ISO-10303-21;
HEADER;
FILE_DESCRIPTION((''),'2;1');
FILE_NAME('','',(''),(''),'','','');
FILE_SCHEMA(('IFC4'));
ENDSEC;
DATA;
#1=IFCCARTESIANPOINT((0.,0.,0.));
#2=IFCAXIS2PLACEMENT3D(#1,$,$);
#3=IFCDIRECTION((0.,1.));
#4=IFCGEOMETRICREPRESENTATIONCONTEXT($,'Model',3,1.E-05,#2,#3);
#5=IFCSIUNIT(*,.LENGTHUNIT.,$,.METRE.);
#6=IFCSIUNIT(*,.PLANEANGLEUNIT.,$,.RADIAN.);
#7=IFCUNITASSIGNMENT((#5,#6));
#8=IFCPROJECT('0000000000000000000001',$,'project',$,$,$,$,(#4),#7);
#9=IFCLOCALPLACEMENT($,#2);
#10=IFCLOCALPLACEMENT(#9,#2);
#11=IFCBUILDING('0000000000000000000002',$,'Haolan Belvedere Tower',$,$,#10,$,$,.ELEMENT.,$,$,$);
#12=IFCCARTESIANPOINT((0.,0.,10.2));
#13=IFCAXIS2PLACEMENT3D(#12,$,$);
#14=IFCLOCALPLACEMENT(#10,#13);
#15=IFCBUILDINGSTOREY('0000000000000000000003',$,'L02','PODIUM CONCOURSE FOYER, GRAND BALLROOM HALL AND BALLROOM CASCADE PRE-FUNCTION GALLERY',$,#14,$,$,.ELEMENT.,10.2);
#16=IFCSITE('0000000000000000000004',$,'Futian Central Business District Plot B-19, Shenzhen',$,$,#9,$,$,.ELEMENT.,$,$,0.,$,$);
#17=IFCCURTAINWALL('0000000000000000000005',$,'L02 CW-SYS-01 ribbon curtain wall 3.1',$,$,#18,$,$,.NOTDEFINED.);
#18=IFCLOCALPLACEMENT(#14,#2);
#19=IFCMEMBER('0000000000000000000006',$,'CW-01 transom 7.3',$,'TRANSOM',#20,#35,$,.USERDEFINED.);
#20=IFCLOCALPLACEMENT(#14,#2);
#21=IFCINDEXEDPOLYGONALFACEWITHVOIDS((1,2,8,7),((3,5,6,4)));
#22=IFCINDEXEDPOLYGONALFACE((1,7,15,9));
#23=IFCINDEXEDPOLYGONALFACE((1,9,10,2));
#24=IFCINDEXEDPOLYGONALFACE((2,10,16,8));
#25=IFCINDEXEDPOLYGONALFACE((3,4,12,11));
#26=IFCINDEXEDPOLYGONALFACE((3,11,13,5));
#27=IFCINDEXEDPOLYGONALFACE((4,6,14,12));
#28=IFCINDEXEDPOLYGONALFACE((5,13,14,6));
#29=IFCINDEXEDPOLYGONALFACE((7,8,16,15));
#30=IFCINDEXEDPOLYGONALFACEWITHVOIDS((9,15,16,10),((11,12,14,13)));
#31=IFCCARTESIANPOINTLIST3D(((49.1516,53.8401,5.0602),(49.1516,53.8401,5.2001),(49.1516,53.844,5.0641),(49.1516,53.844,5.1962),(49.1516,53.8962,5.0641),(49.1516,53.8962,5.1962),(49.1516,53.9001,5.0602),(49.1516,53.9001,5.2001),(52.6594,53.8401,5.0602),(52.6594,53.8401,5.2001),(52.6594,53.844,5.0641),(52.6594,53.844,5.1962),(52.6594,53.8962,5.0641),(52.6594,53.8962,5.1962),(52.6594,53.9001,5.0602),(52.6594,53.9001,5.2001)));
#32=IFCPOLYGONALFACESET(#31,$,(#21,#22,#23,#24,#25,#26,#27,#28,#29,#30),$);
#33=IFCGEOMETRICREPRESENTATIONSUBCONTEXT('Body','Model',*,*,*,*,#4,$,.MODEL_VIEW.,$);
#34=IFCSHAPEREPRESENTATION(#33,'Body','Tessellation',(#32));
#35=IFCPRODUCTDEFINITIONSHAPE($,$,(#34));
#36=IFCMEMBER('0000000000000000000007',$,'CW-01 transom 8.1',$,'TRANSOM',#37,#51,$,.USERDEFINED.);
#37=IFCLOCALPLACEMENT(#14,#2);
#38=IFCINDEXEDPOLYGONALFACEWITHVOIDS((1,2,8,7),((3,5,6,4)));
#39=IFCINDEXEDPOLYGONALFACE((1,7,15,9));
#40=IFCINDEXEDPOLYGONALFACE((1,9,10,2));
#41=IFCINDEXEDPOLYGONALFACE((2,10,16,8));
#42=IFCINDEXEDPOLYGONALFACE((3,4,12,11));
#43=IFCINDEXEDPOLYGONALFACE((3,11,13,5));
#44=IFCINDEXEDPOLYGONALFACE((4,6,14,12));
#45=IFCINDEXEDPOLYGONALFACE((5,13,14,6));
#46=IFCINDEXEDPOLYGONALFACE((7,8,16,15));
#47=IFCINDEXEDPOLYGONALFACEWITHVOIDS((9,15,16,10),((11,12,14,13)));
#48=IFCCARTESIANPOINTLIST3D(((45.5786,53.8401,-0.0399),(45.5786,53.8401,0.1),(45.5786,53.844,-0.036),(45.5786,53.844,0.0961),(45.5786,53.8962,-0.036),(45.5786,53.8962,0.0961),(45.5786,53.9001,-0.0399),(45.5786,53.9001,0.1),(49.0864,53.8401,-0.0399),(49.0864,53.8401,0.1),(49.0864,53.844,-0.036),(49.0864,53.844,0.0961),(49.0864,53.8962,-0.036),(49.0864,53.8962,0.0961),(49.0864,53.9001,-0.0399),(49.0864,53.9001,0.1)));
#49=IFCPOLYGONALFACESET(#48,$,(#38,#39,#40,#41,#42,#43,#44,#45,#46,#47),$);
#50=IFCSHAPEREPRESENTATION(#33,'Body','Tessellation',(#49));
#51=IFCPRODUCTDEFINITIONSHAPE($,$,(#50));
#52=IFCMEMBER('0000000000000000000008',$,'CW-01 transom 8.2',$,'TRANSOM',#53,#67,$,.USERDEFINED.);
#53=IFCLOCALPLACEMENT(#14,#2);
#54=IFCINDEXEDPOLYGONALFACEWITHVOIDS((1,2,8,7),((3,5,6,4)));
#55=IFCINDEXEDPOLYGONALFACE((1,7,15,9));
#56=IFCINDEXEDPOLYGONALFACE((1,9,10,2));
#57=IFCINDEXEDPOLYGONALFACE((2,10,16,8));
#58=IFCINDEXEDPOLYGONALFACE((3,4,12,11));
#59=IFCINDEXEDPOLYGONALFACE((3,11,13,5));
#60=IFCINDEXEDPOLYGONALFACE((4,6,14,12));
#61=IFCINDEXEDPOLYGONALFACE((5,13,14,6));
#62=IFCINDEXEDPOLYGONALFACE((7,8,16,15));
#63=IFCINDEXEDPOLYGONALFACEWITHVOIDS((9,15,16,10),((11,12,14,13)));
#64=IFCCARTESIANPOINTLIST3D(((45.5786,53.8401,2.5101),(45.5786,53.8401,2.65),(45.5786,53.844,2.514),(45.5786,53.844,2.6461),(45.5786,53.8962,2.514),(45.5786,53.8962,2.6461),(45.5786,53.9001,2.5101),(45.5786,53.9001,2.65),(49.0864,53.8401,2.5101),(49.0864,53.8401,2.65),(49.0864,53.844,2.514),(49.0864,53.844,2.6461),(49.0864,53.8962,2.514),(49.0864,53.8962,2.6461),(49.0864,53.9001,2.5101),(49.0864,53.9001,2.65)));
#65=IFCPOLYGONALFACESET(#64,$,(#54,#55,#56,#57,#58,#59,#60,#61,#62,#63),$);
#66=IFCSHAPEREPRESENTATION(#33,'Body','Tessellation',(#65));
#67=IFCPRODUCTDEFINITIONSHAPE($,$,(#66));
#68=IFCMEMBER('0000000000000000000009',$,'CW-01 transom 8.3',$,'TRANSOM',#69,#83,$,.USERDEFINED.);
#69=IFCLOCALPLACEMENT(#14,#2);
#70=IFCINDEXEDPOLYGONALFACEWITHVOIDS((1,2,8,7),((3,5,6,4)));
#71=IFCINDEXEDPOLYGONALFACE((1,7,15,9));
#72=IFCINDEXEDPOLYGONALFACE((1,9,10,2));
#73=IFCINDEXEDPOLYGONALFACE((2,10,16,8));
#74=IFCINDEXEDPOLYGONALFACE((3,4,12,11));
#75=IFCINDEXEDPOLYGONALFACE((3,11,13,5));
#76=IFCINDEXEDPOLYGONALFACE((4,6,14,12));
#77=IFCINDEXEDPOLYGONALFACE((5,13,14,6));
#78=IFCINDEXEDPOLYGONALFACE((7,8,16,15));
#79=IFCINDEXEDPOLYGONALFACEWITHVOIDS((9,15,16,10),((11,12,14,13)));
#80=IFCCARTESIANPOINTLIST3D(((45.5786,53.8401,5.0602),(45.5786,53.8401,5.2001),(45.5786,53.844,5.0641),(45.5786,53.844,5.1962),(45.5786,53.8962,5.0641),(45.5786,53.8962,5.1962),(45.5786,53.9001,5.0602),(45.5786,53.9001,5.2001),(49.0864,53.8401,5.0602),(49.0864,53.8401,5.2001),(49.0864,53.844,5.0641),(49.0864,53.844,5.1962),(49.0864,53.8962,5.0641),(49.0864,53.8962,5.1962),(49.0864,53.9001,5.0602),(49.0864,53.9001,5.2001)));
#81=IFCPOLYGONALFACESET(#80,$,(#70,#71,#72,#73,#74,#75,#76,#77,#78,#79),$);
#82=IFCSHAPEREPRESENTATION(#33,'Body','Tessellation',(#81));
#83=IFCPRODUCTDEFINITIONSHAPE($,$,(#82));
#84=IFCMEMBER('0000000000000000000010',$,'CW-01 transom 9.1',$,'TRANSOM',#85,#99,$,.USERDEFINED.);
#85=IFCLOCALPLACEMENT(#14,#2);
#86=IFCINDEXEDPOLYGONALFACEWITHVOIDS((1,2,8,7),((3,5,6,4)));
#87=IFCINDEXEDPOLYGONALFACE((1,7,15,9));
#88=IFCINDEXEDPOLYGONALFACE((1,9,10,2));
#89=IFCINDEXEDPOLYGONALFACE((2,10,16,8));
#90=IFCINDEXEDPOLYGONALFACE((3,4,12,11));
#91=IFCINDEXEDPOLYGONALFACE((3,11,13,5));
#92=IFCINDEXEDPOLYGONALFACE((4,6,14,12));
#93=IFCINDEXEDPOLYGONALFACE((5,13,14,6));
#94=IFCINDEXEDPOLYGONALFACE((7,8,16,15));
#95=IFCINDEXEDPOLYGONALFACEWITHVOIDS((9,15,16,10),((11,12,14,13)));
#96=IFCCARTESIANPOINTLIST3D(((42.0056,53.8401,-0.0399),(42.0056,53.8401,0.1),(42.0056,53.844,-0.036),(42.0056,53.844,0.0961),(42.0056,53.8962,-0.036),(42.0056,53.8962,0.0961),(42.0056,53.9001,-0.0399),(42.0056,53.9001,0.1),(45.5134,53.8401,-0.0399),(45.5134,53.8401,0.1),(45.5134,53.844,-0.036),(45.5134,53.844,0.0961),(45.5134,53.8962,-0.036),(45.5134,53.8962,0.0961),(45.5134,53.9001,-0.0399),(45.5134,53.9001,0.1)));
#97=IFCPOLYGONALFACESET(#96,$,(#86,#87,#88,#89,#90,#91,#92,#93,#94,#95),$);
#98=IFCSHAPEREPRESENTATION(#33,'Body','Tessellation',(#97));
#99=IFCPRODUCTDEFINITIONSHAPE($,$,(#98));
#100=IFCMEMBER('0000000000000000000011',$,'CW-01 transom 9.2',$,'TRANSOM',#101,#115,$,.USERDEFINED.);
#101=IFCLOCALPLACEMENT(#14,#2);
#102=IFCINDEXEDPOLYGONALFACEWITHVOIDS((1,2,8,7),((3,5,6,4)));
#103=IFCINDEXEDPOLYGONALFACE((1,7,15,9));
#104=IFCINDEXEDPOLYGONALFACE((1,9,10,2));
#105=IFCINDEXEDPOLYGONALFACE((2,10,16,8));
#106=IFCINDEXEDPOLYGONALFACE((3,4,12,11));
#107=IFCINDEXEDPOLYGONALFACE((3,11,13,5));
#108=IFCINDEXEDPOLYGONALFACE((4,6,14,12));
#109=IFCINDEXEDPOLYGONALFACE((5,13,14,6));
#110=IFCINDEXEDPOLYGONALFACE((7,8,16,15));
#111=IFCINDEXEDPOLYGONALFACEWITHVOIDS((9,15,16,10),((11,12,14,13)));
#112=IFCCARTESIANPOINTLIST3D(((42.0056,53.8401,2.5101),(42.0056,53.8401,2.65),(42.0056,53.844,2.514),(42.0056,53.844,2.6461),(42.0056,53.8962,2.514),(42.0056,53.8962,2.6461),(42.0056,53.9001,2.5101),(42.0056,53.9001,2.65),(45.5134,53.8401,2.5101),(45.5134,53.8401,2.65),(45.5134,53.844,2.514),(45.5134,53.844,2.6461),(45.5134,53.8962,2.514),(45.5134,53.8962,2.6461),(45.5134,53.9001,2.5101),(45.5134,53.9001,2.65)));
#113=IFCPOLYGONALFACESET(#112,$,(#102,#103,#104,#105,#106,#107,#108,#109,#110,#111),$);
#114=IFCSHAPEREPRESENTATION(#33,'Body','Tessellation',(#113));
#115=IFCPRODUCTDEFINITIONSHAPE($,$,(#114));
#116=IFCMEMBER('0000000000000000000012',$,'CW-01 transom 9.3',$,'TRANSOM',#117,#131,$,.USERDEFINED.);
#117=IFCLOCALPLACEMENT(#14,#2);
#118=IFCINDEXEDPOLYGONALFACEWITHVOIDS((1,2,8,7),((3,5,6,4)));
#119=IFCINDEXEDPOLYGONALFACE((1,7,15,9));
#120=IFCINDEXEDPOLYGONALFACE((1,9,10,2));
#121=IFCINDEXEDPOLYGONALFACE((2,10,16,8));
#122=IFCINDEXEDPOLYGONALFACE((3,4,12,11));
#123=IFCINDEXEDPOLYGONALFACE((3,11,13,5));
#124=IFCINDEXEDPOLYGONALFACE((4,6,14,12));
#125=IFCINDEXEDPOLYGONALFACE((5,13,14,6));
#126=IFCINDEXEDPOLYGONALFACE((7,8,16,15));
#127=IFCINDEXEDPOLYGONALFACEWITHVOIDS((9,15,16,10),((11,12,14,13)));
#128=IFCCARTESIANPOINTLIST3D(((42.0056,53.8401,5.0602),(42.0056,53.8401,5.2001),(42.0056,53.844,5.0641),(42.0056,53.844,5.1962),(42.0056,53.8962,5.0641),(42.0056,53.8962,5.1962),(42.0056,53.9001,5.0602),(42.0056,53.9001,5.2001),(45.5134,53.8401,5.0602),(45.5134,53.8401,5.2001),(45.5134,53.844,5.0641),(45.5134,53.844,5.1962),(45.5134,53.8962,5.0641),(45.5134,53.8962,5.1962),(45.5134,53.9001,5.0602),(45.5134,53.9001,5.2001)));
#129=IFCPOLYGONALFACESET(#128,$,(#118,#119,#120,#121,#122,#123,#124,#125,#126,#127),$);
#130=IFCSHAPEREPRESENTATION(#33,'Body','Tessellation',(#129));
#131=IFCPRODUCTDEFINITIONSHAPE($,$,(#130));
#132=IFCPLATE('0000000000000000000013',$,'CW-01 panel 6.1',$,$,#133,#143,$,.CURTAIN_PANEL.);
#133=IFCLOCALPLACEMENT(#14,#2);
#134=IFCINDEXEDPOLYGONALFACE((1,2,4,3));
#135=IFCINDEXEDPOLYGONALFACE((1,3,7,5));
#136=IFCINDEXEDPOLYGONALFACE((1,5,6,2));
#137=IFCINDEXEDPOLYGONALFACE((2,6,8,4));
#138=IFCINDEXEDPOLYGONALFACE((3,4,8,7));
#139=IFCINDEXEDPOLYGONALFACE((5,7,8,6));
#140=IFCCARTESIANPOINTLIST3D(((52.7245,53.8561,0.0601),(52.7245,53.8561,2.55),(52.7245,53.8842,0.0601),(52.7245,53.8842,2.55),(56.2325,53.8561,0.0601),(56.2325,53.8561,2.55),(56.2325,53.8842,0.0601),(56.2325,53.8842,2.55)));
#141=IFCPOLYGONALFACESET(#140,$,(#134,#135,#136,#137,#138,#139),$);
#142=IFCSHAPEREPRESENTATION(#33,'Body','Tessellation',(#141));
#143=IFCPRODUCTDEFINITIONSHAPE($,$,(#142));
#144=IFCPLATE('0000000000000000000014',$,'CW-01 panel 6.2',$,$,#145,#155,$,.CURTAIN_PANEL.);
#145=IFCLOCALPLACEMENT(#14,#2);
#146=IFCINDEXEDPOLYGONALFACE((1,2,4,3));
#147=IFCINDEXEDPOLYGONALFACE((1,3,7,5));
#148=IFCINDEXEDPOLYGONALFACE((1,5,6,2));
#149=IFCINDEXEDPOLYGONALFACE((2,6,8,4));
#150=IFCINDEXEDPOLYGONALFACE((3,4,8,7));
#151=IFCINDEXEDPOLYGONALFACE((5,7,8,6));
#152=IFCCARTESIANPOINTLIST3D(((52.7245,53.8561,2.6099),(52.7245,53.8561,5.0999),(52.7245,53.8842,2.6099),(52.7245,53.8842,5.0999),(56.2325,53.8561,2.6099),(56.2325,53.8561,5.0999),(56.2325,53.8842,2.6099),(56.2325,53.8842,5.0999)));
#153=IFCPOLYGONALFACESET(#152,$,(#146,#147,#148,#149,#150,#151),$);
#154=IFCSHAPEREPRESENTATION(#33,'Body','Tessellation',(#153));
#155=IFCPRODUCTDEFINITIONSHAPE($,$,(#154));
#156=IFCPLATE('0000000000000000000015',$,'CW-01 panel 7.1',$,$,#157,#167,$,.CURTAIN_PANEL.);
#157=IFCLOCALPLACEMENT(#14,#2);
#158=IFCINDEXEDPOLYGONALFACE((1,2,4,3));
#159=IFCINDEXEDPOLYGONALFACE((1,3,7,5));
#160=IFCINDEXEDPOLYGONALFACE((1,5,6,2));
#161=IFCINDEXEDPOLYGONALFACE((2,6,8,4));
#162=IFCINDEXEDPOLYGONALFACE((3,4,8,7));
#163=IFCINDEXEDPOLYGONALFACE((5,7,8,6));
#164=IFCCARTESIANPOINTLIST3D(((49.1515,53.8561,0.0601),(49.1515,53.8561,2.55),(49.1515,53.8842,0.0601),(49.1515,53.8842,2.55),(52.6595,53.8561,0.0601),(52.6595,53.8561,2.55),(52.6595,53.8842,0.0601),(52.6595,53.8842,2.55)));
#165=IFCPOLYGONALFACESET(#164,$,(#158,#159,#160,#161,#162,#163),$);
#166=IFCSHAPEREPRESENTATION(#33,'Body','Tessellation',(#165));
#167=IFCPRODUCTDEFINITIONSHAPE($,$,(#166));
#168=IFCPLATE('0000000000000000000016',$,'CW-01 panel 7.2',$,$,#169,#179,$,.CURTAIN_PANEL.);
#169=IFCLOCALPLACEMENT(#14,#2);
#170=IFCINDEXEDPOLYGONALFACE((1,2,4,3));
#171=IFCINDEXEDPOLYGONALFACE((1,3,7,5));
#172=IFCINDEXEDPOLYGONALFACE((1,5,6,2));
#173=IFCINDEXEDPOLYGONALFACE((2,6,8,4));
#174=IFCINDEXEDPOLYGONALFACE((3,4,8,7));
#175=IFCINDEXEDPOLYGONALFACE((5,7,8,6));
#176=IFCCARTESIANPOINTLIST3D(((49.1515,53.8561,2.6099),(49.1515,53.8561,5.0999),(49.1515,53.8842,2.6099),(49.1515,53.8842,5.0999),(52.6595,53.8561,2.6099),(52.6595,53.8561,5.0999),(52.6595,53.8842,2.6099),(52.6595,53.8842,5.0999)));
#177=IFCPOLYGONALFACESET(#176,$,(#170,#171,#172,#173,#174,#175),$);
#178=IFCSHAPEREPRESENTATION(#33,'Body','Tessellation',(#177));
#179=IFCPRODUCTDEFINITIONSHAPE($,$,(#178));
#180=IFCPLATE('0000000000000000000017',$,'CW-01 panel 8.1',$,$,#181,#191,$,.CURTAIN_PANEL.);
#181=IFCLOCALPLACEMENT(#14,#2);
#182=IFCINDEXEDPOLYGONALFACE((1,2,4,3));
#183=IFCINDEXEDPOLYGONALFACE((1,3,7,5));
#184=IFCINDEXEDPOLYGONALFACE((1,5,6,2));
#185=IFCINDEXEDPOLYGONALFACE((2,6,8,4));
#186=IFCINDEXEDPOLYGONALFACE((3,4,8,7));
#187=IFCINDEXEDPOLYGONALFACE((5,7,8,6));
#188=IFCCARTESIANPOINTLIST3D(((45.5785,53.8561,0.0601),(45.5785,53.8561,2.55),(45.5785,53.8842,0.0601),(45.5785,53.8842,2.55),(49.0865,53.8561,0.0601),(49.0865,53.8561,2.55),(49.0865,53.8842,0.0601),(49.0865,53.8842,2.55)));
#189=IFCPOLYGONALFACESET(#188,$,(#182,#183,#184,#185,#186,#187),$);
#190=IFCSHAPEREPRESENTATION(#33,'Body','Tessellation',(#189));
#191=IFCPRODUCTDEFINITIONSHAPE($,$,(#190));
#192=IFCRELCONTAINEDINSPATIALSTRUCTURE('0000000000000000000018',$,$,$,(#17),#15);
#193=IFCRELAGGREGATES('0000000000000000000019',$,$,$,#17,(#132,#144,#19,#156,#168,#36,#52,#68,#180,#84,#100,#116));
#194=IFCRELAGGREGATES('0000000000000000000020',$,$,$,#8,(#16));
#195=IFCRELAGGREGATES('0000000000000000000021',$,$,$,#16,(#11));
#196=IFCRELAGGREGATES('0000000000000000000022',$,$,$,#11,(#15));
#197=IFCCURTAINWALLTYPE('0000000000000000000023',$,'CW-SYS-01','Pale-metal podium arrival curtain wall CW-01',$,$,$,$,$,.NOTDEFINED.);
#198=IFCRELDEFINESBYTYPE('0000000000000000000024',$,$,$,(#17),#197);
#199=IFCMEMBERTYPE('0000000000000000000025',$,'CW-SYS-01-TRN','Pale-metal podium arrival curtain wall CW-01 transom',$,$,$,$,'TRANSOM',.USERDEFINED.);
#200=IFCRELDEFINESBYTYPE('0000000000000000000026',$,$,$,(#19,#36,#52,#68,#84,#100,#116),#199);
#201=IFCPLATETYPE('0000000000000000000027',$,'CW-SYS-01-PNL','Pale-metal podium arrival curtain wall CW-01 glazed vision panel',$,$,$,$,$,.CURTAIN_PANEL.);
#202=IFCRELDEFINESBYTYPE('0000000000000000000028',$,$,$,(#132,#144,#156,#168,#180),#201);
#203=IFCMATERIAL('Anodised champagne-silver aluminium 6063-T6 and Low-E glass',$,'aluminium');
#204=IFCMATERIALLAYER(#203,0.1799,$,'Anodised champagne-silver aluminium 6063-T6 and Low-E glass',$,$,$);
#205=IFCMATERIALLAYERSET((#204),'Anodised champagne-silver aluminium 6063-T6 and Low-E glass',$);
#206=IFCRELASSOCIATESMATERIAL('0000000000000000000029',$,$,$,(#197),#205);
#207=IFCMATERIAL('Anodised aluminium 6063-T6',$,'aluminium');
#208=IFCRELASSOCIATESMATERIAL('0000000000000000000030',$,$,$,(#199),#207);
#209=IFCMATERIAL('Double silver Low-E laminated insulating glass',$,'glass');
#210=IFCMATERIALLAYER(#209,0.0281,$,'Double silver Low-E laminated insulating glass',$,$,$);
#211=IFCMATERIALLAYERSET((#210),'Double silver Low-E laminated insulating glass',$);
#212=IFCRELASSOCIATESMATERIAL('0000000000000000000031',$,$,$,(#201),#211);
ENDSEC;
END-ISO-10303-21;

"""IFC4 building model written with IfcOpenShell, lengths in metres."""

from ifc_helpers import new_model, si_unit, direction, frame, origin, origin_2d, place, context, subcontext, project, spatial, rectangle, hollow_rectangle, extrude, material, layer, layer_set, material_profile, profile_set, type_object, element, aggregate, save


model = new_model("IFC4")

# Units and contexts
model_context = context("Model", 3, precision=1e-05, world=origin(), true_north=direction((0.0, 1.0)))
body_context = subcontext(model_context, "Body", "Model", "MODEL_VIEW")
ifc_project = project(units=[si_unit("LENGTHUNIT", "METRE"), si_unit("PLANEANGLEUNIT", "RADIAN")], contexts=[model_context])

# Site, building, storey
site_placement = place(None, origin())
site = spatial("IfcSite", under=ifc_project, at=site_placement, Name="Futian Central Business District Plot B-19, Shenzhen", CompositionType="ELEMENT", RefElevation=0.0)
building_placement = place(site_placement, origin())
building = spatial("IfcBuilding", under=site, at=building_placement, Name="Haolan Belvedere Tower", CompositionType="ELEMENT")
storey_placement = place(building_placement, frame((0.0, 0.0, 10.2)))
storey = spatial("IfcBuildingStorey", under=building, at=storey_placement, Name="L02", Description="PODIUM CONCOURSE FOYER, GRAND BALLROOM HALL AND BALLROOM CASCADE PRE-FUNCTION GALLERY", CompositionType="ELEMENT", Elevation=10.2)

# Curtain wall, members, plates
ifc_material_1 = material(Name="Anodised champagne-silver aluminium 6063-T6 and Low-E glass", Category="aluminium")
ifc_layer_1 = layer(ifc_material_1, 0.1799, Name="Anodised champagne-silver aluminium 6063-T6 and Low-E glass")
ifc_layer_set_1 = layer_set([ifc_layer_1], Name="Anodised champagne-silver aluminium 6063-T6 and Low-E glass")
curtain_wall_type = type_object("IfcCurtainWallType", Name="CW-SYS-01", Description="Pale-metal podium arrival curtain wall CW-01", PredefinedType="NOTDEFINED", material=ifc_layer_set_1)
curtain_wall_placement = place(storey_placement, origin())
curtain_wall = element("IfcCurtainWall", 1, at=curtain_wall_placement, inside=storey, type_object=curtain_wall_type, Name="L02 CW-SYS-01 ribbon curtain wall 3.1", PredefinedType="NOTDEFINED")
ifc_material_2 = material(Name="Anodised aluminium 6063-T6", Category="aluminium")
ifc_material_profile_1 = material_profile(ifc_material_2, hollow_rectangle(XDim=0.0601, YDim=0.1399, WallThickness=0.0039, at=origin_2d()), Name="Anodised aluminium 6063-T6")
ifc_profile_set_1 = profile_set([ifc_material_profile_1], Name="Anodised aluminium 6063-T6")
member_type_1 = type_object("IfcMemberType", Name="CW-SYS-01-TRN", Description="Pale-metal podium arrival curtain wall CW-01 transom", ElementType="TRANSOM", PredefinedType="USERDEFINED", material=ifc_profile_set_1)
member_1_placement = place(storey_placement, frame((52.6594, 53.8701, 5.1301), z_axis=(-1.0, 0.0, 0.0), x_axis=(0.0, -1.0, 0.0)))
member_1 = element("IfcMember", 2, at=member_1_placement, type_object=member_type_1, Name="CW-01 transom 7.3", ObjectType="TRANSOM", PredefinedType="USERDEFINED", context=body_context, shape_type="SweptSolid", body=[
    extrude(hollow_rectangle(XDim=0.0601, YDim=0.1399, WallThickness=0.0039, at=origin_2d()), origin(), (0.0, 0.0, 1.0), 3.5078),
])
member_2_placement = place(storey_placement, frame((49.0864, 53.8701, 0.03), z_axis=(-1.0, 0.0, 0.0), x_axis=(0.0, -1.0, 0.0)))
member_2 = element("IfcMember", 3, at=member_2_placement, type_object=member_type_1, Name="CW-01 transom 8.1", ObjectType="TRANSOM", PredefinedType="USERDEFINED", context=body_context, shape_type="SweptSolid", body=[
    extrude(hollow_rectangle(XDim=0.0601, YDim=0.1399, WallThickness=0.0039, at=origin_2d()), origin(), (0.0, 0.0, 1.0), 3.5078),
])
member_3_placement = place(storey_placement, frame((49.0864, 53.8701, 2.5801), z_axis=(-1.0, 0.0, 0.0), x_axis=(0.0, -1.0, 0.0)))
member_3 = element("IfcMember", 4, at=member_3_placement, type_object=member_type_1, Name="CW-01 transom 8.2", ObjectType="TRANSOM", PredefinedType="USERDEFINED", context=body_context, shape_type="SweptSolid", body=[
    extrude(hollow_rectangle(XDim=0.0601, YDim=0.1399, WallThickness=0.0039, at=origin_2d()), origin(), (0.0, 0.0, 1.0), 3.5078),
])
member_4_placement = place(storey_placement, frame((49.0864, 53.8701, 5.1301), z_axis=(-1.0, 0.0, 0.0), x_axis=(0.0, -1.0, 0.0)))
member_4 = element("IfcMember", 5, at=member_4_placement, type_object=member_type_1, Name="CW-01 transom 8.3", ObjectType="TRANSOM", PredefinedType="USERDEFINED", context=body_context, shape_type="SweptSolid", body=[
    extrude(hollow_rectangle(XDim=0.0601, YDim=0.1399, WallThickness=0.0039, at=origin_2d()), origin(), (0.0, 0.0, 1.0), 3.5078),
])
member_5_placement = place(storey_placement, frame((45.5134, 53.8701, 0.03), z_axis=(-1.0, 0.0, 0.0), x_axis=(0.0, -1.0, 0.0)))
member_5 = element("IfcMember", 6, at=member_5_placement, type_object=member_type_1, Name="CW-01 transom 9.1", ObjectType="TRANSOM", PredefinedType="USERDEFINED", context=body_context, shape_type="SweptSolid", body=[
    extrude(hollow_rectangle(XDim=0.0601, YDim=0.1399, WallThickness=0.0039, at=origin_2d()), origin(), (0.0, 0.0, 1.0), 3.5078),
])
member_6_placement = place(storey_placement, frame((45.5134, 53.8701, 2.5801), z_axis=(-1.0, 0.0, 0.0), x_axis=(0.0, -1.0, 0.0)))
member_6 = element("IfcMember", 7, at=member_6_placement, type_object=member_type_1, Name="CW-01 transom 9.2", ObjectType="TRANSOM", PredefinedType="USERDEFINED", context=body_context, shape_type="SweptSolid", body=[
    extrude(hollow_rectangle(XDim=0.0601, YDim=0.1399, WallThickness=0.0039, at=origin_2d()), origin(), (0.0, 0.0, 1.0), 3.5078),
])
member_7_placement = place(storey_placement, frame((45.5134, 53.8701, 5.1301), z_axis=(-1.0, 0.0, 0.0), x_axis=(0.0, -1.0, 0.0)))
member_7 = element("IfcMember", 8, at=member_7_placement, type_object=member_type_1, Name="CW-01 transom 9.3", ObjectType="TRANSOM", PredefinedType="USERDEFINED", context=body_context, shape_type="SweptSolid", body=[
    extrude(hollow_rectangle(XDim=0.0601, YDim=0.1399, WallThickness=0.0039, at=origin_2d()), origin(), (0.0, 0.0, 1.0), 3.5078),
])
ifc_material_3 = material(Name="Double silver Low-E laminated insulating glass", Category="glass")
ifc_layer_2 = layer(ifc_material_3, 0.0281, Name="Double silver Low-E laminated insulating glass")
ifc_layer_set_2 = layer_set([ifc_layer_2], Name="Double silver Low-E laminated insulating glass")
plate_type = type_object("IfcPlateType", Name="CW-SYS-01-PNL", Description="Pale-metal podium arrival curtain wall CW-01 glazed vision panel", PredefinedType="CURTAIN_PANEL", material=ifc_layer_set_2)
plate_1_placement = place(storey_placement, frame((54.4785, 53.8701, 0.0601), z_axis=(0.0, 0.0, 1.0), x_axis=(-1.0, 0.0, 0.0)))
plate_1 = element("IfcPlate", 9, at=plate_1_placement, type_object=plate_type, Name="CW-01 panel 6.1", PredefinedType="CURTAIN_PANEL", context=body_context, shape_type="SweptSolid", body=[
    extrude(rectangle(XDim=3.5081, YDim=0.0281, at=origin_2d()), origin(), (0.0, 0.0, 1.0), 2.49),
])
plate_2_placement = place(storey_placement, frame((54.4785, 53.8701, 2.6099), z_axis=(0.0, 0.0, 1.0), x_axis=(-1.0, 0.0, 0.0)))
plate_2 = element("IfcPlate", 10, at=plate_2_placement, type_object=plate_type, Name="CW-01 panel 6.2", PredefinedType="CURTAIN_PANEL", context=body_context, shape_type="SweptSolid", body=[
    extrude(rectangle(XDim=3.5081, YDim=0.0281, at=origin_2d()), origin(), (0.0, 0.0, 1.0), 2.49),
])
plate_3_placement = place(storey_placement, frame((50.9055, 53.8701, 0.0601), z_axis=(0.0, 0.0, 1.0), x_axis=(-1.0, 0.0, 0.0)))
plate_3 = element("IfcPlate", 11, at=plate_3_placement, type_object=plate_type, Name="CW-01 panel 7.1", PredefinedType="CURTAIN_PANEL", context=body_context, shape_type="SweptSolid", body=[
    extrude(rectangle(XDim=3.5081, YDim=0.0281, at=origin_2d()), origin(), (0.0, 0.0, 1.0), 2.49),
])
plate_4_placement = place(storey_placement, frame((50.9055, 53.8701, 2.6099), z_axis=(0.0, 0.0, 1.0), x_axis=(-1.0, 0.0, 0.0)))
plate_4 = element("IfcPlate", 12, at=plate_4_placement, type_object=plate_type, Name="CW-01 panel 7.2", PredefinedType="CURTAIN_PANEL", context=body_context, shape_type="SweptSolid", body=[
    extrude(rectangle(XDim=3.5081, YDim=0.0281, at=origin_2d()), origin(), (0.0, 0.0, 1.0), 2.49),
])
plate_5_placement = place(storey_placement, frame((47.3325, 53.8701, 0.0601), z_axis=(0.0, 0.0, 1.0), x_axis=(-1.0, 0.0, 0.0)))
plate_5 = element("IfcPlate", 13, at=plate_5_placement, type_object=plate_type, Name="CW-01 panel 8.1", PredefinedType="CURTAIN_PANEL", context=body_context, shape_type="SweptSolid", body=[
    extrude(rectangle(XDim=3.5081, YDim=0.0281, at=origin_2d()), origin(), (0.0, 0.0, 1.0), 2.49),
])
aggregate(curtain_wall, [plate_1, plate_2, member_1, plate_3, plate_4, member_2, member_3, member_4, plate_5, member_5, member_6, member_7])

save(model, "model.ifc")
